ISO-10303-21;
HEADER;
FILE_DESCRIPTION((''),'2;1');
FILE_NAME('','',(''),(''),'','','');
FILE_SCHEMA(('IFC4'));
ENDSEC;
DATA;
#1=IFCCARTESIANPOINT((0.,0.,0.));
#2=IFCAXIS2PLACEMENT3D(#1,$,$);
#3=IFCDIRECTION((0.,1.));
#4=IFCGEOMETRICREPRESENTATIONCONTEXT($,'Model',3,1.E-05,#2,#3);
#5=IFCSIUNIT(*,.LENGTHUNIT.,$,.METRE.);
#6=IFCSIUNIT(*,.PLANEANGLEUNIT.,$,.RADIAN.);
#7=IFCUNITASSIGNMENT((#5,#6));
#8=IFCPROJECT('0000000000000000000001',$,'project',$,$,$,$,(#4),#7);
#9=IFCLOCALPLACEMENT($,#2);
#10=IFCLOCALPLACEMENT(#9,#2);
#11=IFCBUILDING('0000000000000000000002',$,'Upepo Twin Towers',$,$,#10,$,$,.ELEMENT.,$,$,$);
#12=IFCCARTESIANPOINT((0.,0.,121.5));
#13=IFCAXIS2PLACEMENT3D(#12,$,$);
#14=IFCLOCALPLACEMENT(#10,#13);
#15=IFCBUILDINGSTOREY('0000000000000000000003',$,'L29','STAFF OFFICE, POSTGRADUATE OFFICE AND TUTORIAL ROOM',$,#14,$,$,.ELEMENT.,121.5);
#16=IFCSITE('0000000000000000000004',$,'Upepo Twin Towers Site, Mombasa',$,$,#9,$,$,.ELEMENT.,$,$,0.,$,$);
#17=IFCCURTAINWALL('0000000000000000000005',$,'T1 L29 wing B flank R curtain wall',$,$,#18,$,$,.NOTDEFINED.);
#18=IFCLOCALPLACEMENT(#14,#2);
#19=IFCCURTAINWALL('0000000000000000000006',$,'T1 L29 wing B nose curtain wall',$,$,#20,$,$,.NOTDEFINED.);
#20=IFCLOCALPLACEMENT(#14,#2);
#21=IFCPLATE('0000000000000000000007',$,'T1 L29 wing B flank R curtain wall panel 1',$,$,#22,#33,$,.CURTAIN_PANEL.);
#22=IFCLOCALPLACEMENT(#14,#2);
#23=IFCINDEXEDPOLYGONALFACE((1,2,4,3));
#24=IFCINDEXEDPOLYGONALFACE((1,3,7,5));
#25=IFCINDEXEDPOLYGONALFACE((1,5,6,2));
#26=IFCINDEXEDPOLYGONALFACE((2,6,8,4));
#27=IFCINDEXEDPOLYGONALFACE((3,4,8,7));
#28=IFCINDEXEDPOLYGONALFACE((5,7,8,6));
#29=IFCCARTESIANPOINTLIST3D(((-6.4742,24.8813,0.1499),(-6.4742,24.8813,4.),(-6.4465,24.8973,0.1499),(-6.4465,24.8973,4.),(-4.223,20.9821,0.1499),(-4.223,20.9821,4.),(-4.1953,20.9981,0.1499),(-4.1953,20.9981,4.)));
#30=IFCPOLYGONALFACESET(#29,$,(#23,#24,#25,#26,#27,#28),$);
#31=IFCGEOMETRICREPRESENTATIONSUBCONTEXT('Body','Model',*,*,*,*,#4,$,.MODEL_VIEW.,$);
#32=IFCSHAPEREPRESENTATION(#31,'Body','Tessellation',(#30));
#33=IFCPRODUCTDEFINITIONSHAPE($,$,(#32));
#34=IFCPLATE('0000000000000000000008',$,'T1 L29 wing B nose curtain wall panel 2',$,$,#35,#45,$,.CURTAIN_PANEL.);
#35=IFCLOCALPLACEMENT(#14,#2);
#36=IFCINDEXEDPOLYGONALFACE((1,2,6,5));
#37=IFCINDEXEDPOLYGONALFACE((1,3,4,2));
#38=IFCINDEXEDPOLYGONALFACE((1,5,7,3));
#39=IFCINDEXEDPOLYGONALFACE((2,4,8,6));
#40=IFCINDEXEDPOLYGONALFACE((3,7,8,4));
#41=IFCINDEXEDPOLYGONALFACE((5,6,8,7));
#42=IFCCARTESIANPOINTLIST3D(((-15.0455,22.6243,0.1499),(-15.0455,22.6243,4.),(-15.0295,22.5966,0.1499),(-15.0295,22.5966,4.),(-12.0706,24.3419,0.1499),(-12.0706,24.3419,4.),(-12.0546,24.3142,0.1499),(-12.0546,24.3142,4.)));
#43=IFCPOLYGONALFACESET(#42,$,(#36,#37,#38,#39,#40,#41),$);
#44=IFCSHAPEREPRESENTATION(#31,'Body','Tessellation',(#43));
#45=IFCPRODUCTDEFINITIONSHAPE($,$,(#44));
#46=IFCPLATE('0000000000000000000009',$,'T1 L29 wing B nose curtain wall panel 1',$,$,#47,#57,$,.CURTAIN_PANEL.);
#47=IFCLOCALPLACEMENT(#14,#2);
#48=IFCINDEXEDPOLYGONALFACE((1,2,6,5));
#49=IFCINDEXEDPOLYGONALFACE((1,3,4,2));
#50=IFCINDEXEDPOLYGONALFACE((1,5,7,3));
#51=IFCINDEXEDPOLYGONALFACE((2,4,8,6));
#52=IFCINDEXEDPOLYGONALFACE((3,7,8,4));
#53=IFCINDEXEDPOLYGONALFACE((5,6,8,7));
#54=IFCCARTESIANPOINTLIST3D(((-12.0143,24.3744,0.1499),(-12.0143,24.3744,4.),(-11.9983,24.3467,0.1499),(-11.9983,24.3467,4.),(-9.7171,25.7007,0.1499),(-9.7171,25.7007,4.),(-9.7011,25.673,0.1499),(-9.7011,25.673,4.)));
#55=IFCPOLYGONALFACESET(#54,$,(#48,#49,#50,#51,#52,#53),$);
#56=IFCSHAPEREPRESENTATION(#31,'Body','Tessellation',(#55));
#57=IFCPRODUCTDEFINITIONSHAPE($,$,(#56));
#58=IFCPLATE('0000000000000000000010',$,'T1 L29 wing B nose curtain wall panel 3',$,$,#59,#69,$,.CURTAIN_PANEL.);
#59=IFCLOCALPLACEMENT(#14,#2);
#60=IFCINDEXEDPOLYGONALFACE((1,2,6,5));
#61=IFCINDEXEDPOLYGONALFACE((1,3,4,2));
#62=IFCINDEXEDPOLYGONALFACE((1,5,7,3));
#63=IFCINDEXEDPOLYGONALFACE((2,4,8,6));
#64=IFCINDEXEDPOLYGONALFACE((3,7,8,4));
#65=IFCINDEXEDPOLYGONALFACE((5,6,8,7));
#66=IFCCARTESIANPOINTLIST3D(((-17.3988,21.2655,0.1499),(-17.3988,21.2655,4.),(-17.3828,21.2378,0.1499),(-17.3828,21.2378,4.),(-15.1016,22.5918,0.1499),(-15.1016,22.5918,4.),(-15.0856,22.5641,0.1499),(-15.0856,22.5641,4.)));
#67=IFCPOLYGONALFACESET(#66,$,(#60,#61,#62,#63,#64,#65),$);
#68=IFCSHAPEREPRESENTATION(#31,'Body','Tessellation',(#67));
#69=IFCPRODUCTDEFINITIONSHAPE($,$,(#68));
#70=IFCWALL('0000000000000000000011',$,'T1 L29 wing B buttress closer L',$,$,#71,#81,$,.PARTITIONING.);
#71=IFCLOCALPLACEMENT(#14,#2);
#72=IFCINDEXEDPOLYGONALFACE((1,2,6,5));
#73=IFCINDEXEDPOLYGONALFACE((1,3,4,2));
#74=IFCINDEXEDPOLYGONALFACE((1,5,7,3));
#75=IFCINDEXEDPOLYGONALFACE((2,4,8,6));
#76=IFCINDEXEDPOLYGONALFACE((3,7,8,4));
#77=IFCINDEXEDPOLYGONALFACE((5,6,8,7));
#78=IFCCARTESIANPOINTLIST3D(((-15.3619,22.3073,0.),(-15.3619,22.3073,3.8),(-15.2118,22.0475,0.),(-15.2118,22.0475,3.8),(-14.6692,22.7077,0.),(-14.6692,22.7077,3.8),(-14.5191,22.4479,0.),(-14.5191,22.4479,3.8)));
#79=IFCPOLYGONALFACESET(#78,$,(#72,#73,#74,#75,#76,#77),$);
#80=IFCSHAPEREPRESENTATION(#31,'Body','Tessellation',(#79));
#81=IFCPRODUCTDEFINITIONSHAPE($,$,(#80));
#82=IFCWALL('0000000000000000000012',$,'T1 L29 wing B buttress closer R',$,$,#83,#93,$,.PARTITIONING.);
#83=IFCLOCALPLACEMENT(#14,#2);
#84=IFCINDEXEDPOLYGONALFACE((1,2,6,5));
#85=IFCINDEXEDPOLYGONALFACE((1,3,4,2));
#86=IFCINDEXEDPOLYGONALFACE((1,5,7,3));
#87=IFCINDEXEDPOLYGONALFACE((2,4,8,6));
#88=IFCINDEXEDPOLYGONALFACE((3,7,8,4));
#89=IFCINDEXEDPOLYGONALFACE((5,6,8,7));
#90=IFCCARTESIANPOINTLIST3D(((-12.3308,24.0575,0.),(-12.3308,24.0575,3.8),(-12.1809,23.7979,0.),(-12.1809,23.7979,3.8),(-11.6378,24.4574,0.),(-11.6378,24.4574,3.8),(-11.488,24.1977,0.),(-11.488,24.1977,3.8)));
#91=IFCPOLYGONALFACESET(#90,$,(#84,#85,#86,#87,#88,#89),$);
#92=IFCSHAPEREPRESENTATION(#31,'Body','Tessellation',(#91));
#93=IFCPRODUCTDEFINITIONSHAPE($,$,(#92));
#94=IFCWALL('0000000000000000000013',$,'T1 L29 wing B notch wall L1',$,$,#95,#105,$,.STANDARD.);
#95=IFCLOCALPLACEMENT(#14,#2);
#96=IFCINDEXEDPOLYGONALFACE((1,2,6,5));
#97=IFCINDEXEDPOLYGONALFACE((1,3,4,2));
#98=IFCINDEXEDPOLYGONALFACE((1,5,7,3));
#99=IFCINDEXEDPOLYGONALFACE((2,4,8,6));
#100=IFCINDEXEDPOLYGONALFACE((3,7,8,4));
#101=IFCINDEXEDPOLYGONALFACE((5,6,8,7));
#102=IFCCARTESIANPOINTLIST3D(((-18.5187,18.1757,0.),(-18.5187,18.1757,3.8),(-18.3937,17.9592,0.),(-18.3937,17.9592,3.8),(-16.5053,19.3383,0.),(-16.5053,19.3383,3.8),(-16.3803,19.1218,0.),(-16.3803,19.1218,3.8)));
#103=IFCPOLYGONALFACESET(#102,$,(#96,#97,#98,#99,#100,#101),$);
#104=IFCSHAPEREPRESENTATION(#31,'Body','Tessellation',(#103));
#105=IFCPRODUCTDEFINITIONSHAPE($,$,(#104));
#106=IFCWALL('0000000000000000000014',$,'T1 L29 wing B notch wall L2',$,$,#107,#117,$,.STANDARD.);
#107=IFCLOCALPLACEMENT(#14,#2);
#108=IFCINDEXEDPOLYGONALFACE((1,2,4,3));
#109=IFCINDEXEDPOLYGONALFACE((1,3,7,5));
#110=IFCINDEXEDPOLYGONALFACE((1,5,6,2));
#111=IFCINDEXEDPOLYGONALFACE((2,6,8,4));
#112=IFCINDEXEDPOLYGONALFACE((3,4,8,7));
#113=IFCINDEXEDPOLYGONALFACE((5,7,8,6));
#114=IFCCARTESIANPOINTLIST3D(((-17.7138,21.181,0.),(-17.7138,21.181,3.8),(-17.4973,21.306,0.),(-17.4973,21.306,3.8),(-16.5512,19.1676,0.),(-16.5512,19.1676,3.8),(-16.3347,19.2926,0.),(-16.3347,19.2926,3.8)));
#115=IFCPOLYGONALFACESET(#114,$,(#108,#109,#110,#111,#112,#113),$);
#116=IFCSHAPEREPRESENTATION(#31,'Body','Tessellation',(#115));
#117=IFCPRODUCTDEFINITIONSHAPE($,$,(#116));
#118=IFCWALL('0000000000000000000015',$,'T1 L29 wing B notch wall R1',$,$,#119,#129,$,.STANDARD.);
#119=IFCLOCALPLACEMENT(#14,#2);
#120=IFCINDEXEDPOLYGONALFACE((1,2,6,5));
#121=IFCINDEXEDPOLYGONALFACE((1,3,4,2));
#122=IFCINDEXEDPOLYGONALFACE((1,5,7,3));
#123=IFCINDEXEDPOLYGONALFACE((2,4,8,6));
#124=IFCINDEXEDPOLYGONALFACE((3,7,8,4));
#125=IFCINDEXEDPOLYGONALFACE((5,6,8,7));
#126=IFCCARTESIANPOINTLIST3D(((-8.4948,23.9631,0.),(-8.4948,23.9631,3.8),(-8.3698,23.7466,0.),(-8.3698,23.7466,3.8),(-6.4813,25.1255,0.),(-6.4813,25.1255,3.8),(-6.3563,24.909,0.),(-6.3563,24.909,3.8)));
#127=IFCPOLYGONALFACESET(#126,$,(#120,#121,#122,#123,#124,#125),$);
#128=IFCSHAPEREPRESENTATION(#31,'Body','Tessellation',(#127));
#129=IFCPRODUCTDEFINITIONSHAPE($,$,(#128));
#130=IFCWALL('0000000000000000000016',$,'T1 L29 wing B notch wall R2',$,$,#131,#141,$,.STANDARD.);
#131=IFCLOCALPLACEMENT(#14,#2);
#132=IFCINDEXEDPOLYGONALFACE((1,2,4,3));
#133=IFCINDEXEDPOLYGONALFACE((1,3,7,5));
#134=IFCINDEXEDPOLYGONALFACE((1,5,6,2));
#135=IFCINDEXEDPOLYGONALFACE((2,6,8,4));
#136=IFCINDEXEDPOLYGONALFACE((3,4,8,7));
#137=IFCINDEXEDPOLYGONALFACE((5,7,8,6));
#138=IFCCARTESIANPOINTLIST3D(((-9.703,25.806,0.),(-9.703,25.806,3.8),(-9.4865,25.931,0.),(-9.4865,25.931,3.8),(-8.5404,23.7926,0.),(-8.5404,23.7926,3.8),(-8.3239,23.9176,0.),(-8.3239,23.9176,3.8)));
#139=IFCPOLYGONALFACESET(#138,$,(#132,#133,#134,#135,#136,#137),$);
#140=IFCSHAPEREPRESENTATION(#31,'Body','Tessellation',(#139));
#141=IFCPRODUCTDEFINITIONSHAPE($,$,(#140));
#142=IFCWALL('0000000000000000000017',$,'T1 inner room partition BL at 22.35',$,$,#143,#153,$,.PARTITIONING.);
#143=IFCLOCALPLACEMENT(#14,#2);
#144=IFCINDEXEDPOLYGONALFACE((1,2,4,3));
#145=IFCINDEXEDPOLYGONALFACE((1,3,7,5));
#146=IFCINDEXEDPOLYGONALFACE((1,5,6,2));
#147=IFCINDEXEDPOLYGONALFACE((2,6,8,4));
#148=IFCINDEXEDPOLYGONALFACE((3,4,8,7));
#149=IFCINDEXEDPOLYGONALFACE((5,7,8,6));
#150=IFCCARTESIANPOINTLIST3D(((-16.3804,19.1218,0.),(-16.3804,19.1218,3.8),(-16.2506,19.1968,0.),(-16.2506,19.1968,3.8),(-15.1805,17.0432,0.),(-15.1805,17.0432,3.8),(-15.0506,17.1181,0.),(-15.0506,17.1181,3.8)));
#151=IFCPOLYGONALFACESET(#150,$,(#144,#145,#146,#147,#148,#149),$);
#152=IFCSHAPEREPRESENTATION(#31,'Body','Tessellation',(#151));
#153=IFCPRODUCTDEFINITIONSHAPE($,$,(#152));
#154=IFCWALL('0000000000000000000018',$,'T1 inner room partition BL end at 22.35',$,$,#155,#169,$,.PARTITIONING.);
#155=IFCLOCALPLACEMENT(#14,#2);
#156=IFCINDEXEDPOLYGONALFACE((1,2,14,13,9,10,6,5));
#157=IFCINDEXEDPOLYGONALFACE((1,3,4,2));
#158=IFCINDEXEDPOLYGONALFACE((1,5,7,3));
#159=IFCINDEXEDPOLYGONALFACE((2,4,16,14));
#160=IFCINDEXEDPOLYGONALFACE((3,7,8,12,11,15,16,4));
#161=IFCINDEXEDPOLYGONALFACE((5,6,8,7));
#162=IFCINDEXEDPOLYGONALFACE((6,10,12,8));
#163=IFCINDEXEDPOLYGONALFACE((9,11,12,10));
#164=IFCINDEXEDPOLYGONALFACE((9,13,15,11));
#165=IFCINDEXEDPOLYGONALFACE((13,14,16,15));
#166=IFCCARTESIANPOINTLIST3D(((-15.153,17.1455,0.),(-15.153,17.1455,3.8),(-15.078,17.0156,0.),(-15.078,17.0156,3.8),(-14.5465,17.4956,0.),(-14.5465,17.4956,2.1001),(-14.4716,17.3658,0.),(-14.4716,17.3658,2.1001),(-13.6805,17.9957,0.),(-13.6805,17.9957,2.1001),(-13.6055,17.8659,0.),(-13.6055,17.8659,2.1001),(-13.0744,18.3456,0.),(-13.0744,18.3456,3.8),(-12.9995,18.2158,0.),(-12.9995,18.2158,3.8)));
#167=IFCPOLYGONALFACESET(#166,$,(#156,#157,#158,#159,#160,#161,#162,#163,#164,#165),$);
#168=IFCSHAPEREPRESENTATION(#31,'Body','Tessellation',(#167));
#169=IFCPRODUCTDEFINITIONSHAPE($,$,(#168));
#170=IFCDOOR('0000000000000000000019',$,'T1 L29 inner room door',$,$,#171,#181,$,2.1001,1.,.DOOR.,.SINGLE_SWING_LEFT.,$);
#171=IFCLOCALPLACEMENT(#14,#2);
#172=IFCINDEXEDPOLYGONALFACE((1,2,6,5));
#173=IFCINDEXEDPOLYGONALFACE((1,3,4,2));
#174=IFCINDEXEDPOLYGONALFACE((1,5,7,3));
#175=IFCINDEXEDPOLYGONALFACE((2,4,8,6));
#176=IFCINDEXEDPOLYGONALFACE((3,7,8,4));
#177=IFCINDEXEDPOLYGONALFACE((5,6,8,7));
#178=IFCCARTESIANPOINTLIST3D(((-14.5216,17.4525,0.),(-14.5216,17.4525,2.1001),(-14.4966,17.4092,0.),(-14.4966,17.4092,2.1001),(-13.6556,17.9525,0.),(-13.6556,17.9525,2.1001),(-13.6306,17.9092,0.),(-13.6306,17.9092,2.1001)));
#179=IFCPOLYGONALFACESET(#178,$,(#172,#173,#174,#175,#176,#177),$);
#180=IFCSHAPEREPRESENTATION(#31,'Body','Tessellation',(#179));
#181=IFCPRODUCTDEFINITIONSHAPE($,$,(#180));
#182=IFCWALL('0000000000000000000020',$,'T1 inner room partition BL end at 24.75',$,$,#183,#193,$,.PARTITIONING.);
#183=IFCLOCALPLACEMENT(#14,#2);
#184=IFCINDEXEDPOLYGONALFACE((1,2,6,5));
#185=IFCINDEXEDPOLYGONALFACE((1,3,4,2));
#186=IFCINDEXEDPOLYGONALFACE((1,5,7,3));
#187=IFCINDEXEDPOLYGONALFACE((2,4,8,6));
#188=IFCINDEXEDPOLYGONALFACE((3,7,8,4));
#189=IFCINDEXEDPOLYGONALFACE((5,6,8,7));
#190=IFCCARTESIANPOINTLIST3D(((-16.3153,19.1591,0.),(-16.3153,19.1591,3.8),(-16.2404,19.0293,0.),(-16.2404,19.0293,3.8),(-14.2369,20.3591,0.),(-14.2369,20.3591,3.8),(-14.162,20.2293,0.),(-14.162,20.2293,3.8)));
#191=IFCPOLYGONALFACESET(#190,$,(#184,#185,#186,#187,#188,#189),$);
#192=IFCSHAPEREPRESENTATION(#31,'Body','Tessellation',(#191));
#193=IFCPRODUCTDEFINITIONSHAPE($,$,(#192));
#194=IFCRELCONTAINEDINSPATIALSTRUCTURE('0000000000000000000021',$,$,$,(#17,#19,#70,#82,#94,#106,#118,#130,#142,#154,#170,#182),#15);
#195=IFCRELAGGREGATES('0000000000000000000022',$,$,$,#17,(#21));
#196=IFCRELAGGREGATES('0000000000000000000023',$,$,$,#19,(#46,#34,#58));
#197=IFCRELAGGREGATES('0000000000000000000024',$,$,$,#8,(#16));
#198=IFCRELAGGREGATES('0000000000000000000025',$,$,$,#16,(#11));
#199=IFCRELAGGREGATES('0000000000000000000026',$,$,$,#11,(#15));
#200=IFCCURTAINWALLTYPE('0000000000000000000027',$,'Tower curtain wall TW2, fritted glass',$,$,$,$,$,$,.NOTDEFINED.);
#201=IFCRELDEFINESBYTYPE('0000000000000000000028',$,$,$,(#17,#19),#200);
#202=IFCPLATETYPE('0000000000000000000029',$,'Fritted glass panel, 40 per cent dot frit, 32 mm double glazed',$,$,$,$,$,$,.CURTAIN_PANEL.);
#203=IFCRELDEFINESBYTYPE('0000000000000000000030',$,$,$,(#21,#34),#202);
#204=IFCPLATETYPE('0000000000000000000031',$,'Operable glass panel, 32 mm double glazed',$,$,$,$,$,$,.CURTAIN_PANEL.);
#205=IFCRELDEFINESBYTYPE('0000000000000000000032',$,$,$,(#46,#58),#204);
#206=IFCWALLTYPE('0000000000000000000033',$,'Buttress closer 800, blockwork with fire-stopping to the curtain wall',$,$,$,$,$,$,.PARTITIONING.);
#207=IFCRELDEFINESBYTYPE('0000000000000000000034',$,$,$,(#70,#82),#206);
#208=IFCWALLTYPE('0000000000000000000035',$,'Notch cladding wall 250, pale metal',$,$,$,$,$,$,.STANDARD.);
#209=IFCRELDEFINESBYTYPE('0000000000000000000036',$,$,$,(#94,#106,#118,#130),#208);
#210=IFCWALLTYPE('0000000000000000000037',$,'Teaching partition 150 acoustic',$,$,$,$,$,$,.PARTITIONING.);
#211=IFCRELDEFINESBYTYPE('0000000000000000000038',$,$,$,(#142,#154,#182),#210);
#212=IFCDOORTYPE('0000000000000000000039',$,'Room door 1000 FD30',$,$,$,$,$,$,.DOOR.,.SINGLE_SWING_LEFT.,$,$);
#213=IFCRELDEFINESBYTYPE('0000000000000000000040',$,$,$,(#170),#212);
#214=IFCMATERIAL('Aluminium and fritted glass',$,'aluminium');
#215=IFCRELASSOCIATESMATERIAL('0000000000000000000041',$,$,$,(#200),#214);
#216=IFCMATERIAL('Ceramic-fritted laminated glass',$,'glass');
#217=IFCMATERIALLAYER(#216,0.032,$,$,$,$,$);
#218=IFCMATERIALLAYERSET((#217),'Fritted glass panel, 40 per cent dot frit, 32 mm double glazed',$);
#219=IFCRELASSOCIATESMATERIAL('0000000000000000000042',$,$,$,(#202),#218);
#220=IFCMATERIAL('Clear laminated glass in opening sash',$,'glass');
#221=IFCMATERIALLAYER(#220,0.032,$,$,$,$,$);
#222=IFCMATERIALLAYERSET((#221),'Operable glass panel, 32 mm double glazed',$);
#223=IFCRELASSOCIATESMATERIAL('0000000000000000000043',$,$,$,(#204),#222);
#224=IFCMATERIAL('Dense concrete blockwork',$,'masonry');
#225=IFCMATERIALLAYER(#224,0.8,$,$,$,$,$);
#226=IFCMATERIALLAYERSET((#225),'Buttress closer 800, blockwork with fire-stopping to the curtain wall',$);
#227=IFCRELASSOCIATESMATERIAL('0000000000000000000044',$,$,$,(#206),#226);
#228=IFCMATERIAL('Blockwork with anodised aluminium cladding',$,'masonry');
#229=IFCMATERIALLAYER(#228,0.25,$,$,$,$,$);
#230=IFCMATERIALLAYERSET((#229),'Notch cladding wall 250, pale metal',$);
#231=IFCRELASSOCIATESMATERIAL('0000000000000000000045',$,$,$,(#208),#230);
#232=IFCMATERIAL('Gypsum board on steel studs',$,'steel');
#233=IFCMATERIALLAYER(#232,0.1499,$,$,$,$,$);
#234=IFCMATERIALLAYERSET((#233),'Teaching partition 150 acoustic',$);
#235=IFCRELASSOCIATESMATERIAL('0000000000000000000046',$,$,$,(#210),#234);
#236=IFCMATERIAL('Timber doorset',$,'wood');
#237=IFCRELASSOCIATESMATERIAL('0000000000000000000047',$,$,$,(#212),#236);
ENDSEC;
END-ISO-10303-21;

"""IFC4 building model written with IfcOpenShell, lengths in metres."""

from ifc_helpers import new_model, si_unit, direction, frame, frame_2d, origin, origin_2d, place, context, subcontext, project, spatial, rectangle, extrude, material, layer, layer_set, type_object, element, fill, aggregate, save


model = new_model("IFC4")

# Units and contexts
model_context = context("Model", 3, precision=1e-05, world=origin(), true_north=direction((0.0, 1.0)))
body_context = subcontext(model_context, "Body", "Model", "MODEL_VIEW")
ifc_project = project(units=[si_unit("LENGTHUNIT", "METRE"), si_unit("PLANEANGLEUNIT", "RADIAN")], contexts=[model_context])

# Site, building, storey
site_placement = place(None, origin())
site = spatial("IfcSite", under=ifc_project, at=site_placement, Name="Upepo Twin Towers Site, Mombasa", CompositionType="ELEMENT", RefElevation=0.0)
building_placement = place(site_placement, origin())
building = spatial("IfcBuilding", under=site, at=building_placement, Name="Upepo Twin Towers", CompositionType="ELEMENT")
storey_placement = place(building_placement, frame((0.0, 0.0, 121.5)))
storey = spatial("IfcBuildingStorey", under=building, at=storey_placement, Name="L29", Description="STAFF OFFICE, POSTGRADUATE OFFICE AND TUTORIAL ROOM", CompositionType="ELEMENT", Elevation=121.5)

# Shared definitions
ifc_material_1 = material(Name="Aluminium and fritted glass", Category="aluminium")
curtain_wall_type = type_object("IfcCurtainWallType", Name="Tower curtain wall TW2, fritted glass", PredefinedType="NOTDEFINED", material=ifc_material_1)

# Curtain walls
curtain_wall_1_placement = place(storey_placement, origin())
curtain_wall_1 = element("IfcCurtainWall", 1, at=curtain_wall_1_placement, inside=storey, type_object=curtain_wall_type, Name="T1 L29 wing B flank R curtain wall", PredefinedType="NOTDEFINED")
curtain_wall_2_placement = place(storey_placement, origin())
curtain_wall_2 = element("IfcCurtainWall", 2, at=curtain_wall_2_placement, inside=storey, type_object=curtain_wall_type, Name="T1 L29 wing B nose curtain wall", PredefinedType="NOTDEFINED")

# Plates
ifc_material_2 = material(Name="Ceramic-fritted laminated glass", Category="glass")
ifc_layer_1 = layer(ifc_material_2, 0.032)
ifc_layer_set_1 = layer_set([ifc_layer_1], Name="Fritted glass panel, 40 per cent dot frit, 32 mm double glazed")
plate_type_1 = type_object("IfcPlateType", Name="Fritted glass panel, 40 per cent dot frit, 32 mm double glazed", PredefinedType="CURTAIN_PANEL", material=ifc_layer_set_1)
plate_1_placement = place(storey_placement, frame((-5.3347, 22.9397, 0.1499), z_axis=(0.0, 0.0, 1.0), x_axis=(0.5, -0.866025, 0.0)))
plate_1 = element("IfcPlate", 3, at=plate_1_placement, type_object=plate_type_1, Name="T1 L29 wing B flank R curtain wall panel 1", PredefinedType="CURTAIN_PANEL", context=body_context, shape_type="SweptSolid", body=[
    extrude(rectangle(XDim=4.5024, YDim=0.032, at=origin_2d()), origin(), (0.0, 0.0, 1.0), 3.8501),
])
aggregate(curtain_wall_1, [plate_1])
plate_2_placement = place(storey_placement, frame((-13.55, 23.4692, 0.1499), z_axis=(0.0, 0.0, 1.0), x_axis=(-0.866025, -0.5, 0.0)))
plate_2 = element("IfcPlate", 4, at=plate_2_placement, type_object=plate_type_1, Name="T1 L29 wing B nose curtain wall panel 2", PredefinedType="CURTAIN_PANEL", context=body_context, shape_type="SweptSolid", body=[
    extrude(rectangle(XDim=3.4351, YDim=0.032, at=origin_2d()), origin(), (0.0, 0.0, 1.0), 3.8501),
])
ifc_material_3 = material(Name="Clear laminated glass in opening sash", Category="glass")
ifc_layer_2 = layer(ifc_material_3, 0.032)
ifc_layer_set_2 = layer_set([ifc_layer_2], Name="Operable glass panel, 32 mm double glazed")
plate_type_2 = type_object("IfcPlateType", Name="Operable glass panel, 32 mm double glazed", PredefinedType="CURTAIN_PANEL", material=ifc_layer_set_2)
plate_3_placement = place(storey_placement, frame((-10.8577, 25.0237, 0.1499), z_axis=(0.0, 0.0, 1.0), x_axis=(-0.866025, -0.5, 0.0)))
plate_3 = element("IfcPlate", 5, at=plate_3_placement, type_object=plate_type_2, Name="T1 L29 wing B nose curtain wall panel 1", PredefinedType="CURTAIN_PANEL", context=body_context, shape_type="SweptSolid", body=[
    extrude(rectangle(XDim=2.6526, YDim=0.032, at=origin_2d()), origin(), (0.0, 0.0, 1.0), 3.8501),
])
plate_4_placement = place(storey_placement, frame((-16.2422, 21.9148, 0.1499), z_axis=(0.0, 0.0, 1.0), x_axis=(-0.866025, -0.5, 0.0)))
plate_4 = element("IfcPlate", 6, at=plate_4_placement, type_object=plate_type_2, Name="T1 L29 wing B nose curtain wall panel 3", PredefinedType="CURTAIN_PANEL", context=body_context, shape_type="SweptSolid", body=[
    extrude(rectangle(XDim=2.6526, YDim=0.032, at=origin_2d()), origin(), (0.0, 0.0, 1.0), 3.8501),
])
aggregate(curtain_wall_2, [plate_3, plate_2, plate_4])

# Walls
ifc_material_4 = material(Name="Dense concrete blockwork", Category="masonry")
ifc_layer_3 = layer(ifc_material_4, 0.8)
ifc_layer_set_3 = layer_set([ifc_layer_3], Name="Buttress closer 800, blockwork with fire-stopping to the curtain wall")
wall_type_1 = type_object("IfcWallType", Name="Buttress closer 800, blockwork with fire-stopping to the curtain wall", PredefinedType="PARTITIONING", material=ifc_layer_set_3)
wall_1_placement = place(storey_placement, frame((-14.8655, 22.2478, 0.0), z_axis=(0.0, 0.0, 1.0), x_axis=(-0.500427, 0.865779, 0.0)))
element("IfcWall", 7, at=wall_1_placement, inside=storey, type_object=wall_type_1, Name="T1 L29 wing B buttress closer L", PredefinedType="PARTITIONING", context=body_context, shape_type="SweptSolid", body=[
    extrude(rectangle(XDim=0.3, YDim=0.8, at=frame_2d((0.1499, 0.0))), origin(), (0.0, 0.0, 1.0), 3.8),
])
wall_2_placement = place(storey_placement, frame((-11.8345, 23.9978, 0.0), z_axis=(0.0, 0.0, 1.0), x_axis=(-0.499816, 0.866131, 0.0)))
element("IfcWall", 8, at=wall_2_placement, inside=storey, type_object=wall_type_1, Name="T1 L29 wing B buttress closer R", PredefinedType="PARTITIONING", context=body_context, shape_type="SweptSolid", body=[
    extrude(rectangle(XDim=0.2998, YDim=0.8, at=frame_2d((0.1499, 0.0))), origin(), (0.0, 0.0, 1.0), 3.8),
])
ifc_material_5 = material(Name="Blockwork with anodised aluminium cladding", Category="masonry")
ifc_layer_4 = layer(ifc_material_5, 0.25)
ifc_layer_set_4 = layer_set([ifc_layer_4], Name="Notch cladding wall 250, pale metal")
wall_type_2 = type_object("IfcWallType", Name="Notch cladding wall 250, pale metal", PredefinedType="STANDARD", material=ifc_layer_set_4)
for number, where, z_axis, x_axis, name in (
    (9, (-18.4563, 18.0674, 0.0), (0.0, 0.0, 1.0), (0.865998, 0.500047, 0.0), "T1 L29 wing B notch wall L1"),
    (10, (-16.4429, 19.23, 0.0), (0.0, 0.0, 1.0), (-0.500047, 0.865998, 0.0), "T1 L29 wing B notch wall L2"),
    (11, (-6.4187, 25.0173, 0.0), (0.0, 0.0, 1.0), (-0.866044, -0.499968, 0.0), "T1 L29 wing B notch wall R1"),
    (12, (-8.4321, 23.855, 0.0), (0.0, 0.0, 1.0), (-0.500047, 0.865998, 0.0), "T1 L29 wing B notch wall R2"),
):
    element("IfcWall", number, at=place(storey_placement, frame(where, z_axis=z_axis, x_axis=x_axis)), inside=storey, type_object=wall_type_2, Name=name, PredefinedType="STANDARD", context=body_context, shape_type="SweptSolid", body=[
        extrude(rectangle(XDim=2.325, YDim=0.25, at=frame_2d((1.1626, 0.0))), origin(), (0.0, 0.0, 1.0), 3.8),
    ])
ifc_material_6 = material(Name="Gypsum board on steel studs", Category="steel")
ifc_layer_5 = layer(ifc_material_6, 0.1499)
ifc_layer_set_5 = layer_set([ifc_layer_5], Name="Teaching partition 150 acoustic")
wall_type_3 = type_object("IfcWallType", Name="Teaching partition 150 acoustic", PredefinedType="PARTITIONING", material=ifc_layer_set_5)
wall_3_placement = place(storey_placement, frame((-15.1155, 17.0806, 0.0), z_axis=(0.0, 0.0, 1.0), x_axis=(-0.499957, 0.86605, 0.0)))
element("IfcWall", 13, at=wall_3_placement, inside=storey, type_object=wall_type_3, Name="T1 inner room partition BL at 22.35", PredefinedType="PARTITIONING", context=body_context, shape_type="SweptSolid", body=[
    extrude(rectangle(XDim=2.4001, YDim=0.1499, at=frame_2d((1.2002, 0.0))), origin(), (0.0, 0.0, 1.0), 3.8),
])

# Wall, opening, door
wall_4_placement = place(storey_placement, frame((-13.0369, 18.2808, 0.0), z_axis=(0.0, 0.0, 1.0), x_axis=(-0.866006, -0.500034, 0.0)))
wall_4 = element("IfcWall", 14, at=wall_4_placement, inside=storey, type_object=wall_type_3, Name="T1 inner room partition BL end at 22.35", PredefinedType="PARTITIONING", context=body_context, shape_type="SweptSolid", body=[
    extrude(rectangle(XDim=2.4001, YDim=0.1499, at=frame_2d((1.2002, 0.0))), origin(), (0.0, 0.0, 1.0), 3.8),
])
opening_placement = place(wall_4_placement, frame((0.7, 0.0, 0.0)))
opening = element("IfcOpeningElement", 15, at=opening_placement, cuts=wall_4, PredefinedType="OPENING", context=body_context, shape_type="SweptSolid", body=[
    extrude(rectangle(XDim=1.0, YDim=2.1001, at=frame_2d((0.5, 1.05))), frame((0.0, 0.085, 0.0), z_axis=(0.0, -1.0, 0.0), x_axis=(1.0, 0.0, 0.0)), (0.0, 0.0, 1.0), 0.1699),
])
ifc_material_7 = material(Name="Timber doorset", Category="wood")
door_type = type_object("IfcDoorType", Name="Room door 1000 FD30", OperationType="SINGLE_SWING_LEFT", PredefinedType="DOOR", material=ifc_material_7)
door_placement = place(opening_placement, origin())
door = element("IfcDoor", 16, at=door_placement, inside=storey, type_object=door_type, Name="T1 L29 inner room door", OperationType="SINGLE_SWING_LEFT", OverallHeight=2.1001, OverallWidth=1.0, PredefinedType="DOOR", context=body_context, shape_type="SweptSolid", body=[
    extrude(rectangle(XDim=1.0, YDim=2.1001, at=frame_2d((0.5, 1.05))), frame((0.0, 0.0249, 0.0), z_axis=(0.0, -1.0, 0.0), x_axis=(1.0, 0.0, 0.0)), (0.0, 0.0, 1.0), 0.05),
])
fill(opening, door)

# Wall
wall_5_placement = place(storey_placement, frame((-14.1995, 20.2942, 0.0), z_axis=(0.0, 0.0, 1.0), x_axis=(-0.866025, -0.500001, 0.0)))
element("IfcWall", 17, at=wall_5_placement, inside=storey, type_object=wall_type_3, Name="T1 inner room partition BL end at 24.75", PredefinedType="PARTITIONING", context=body_context, shape_type="SweptSolid", body=[
    extrude(rectangle(XDim=2.3999, YDim=0.1499, at=frame_2d((1.2, 0.0))), origin(), (0.0, 0.0, 1.0), 3.8),
])

save(model, "model.ifc")
